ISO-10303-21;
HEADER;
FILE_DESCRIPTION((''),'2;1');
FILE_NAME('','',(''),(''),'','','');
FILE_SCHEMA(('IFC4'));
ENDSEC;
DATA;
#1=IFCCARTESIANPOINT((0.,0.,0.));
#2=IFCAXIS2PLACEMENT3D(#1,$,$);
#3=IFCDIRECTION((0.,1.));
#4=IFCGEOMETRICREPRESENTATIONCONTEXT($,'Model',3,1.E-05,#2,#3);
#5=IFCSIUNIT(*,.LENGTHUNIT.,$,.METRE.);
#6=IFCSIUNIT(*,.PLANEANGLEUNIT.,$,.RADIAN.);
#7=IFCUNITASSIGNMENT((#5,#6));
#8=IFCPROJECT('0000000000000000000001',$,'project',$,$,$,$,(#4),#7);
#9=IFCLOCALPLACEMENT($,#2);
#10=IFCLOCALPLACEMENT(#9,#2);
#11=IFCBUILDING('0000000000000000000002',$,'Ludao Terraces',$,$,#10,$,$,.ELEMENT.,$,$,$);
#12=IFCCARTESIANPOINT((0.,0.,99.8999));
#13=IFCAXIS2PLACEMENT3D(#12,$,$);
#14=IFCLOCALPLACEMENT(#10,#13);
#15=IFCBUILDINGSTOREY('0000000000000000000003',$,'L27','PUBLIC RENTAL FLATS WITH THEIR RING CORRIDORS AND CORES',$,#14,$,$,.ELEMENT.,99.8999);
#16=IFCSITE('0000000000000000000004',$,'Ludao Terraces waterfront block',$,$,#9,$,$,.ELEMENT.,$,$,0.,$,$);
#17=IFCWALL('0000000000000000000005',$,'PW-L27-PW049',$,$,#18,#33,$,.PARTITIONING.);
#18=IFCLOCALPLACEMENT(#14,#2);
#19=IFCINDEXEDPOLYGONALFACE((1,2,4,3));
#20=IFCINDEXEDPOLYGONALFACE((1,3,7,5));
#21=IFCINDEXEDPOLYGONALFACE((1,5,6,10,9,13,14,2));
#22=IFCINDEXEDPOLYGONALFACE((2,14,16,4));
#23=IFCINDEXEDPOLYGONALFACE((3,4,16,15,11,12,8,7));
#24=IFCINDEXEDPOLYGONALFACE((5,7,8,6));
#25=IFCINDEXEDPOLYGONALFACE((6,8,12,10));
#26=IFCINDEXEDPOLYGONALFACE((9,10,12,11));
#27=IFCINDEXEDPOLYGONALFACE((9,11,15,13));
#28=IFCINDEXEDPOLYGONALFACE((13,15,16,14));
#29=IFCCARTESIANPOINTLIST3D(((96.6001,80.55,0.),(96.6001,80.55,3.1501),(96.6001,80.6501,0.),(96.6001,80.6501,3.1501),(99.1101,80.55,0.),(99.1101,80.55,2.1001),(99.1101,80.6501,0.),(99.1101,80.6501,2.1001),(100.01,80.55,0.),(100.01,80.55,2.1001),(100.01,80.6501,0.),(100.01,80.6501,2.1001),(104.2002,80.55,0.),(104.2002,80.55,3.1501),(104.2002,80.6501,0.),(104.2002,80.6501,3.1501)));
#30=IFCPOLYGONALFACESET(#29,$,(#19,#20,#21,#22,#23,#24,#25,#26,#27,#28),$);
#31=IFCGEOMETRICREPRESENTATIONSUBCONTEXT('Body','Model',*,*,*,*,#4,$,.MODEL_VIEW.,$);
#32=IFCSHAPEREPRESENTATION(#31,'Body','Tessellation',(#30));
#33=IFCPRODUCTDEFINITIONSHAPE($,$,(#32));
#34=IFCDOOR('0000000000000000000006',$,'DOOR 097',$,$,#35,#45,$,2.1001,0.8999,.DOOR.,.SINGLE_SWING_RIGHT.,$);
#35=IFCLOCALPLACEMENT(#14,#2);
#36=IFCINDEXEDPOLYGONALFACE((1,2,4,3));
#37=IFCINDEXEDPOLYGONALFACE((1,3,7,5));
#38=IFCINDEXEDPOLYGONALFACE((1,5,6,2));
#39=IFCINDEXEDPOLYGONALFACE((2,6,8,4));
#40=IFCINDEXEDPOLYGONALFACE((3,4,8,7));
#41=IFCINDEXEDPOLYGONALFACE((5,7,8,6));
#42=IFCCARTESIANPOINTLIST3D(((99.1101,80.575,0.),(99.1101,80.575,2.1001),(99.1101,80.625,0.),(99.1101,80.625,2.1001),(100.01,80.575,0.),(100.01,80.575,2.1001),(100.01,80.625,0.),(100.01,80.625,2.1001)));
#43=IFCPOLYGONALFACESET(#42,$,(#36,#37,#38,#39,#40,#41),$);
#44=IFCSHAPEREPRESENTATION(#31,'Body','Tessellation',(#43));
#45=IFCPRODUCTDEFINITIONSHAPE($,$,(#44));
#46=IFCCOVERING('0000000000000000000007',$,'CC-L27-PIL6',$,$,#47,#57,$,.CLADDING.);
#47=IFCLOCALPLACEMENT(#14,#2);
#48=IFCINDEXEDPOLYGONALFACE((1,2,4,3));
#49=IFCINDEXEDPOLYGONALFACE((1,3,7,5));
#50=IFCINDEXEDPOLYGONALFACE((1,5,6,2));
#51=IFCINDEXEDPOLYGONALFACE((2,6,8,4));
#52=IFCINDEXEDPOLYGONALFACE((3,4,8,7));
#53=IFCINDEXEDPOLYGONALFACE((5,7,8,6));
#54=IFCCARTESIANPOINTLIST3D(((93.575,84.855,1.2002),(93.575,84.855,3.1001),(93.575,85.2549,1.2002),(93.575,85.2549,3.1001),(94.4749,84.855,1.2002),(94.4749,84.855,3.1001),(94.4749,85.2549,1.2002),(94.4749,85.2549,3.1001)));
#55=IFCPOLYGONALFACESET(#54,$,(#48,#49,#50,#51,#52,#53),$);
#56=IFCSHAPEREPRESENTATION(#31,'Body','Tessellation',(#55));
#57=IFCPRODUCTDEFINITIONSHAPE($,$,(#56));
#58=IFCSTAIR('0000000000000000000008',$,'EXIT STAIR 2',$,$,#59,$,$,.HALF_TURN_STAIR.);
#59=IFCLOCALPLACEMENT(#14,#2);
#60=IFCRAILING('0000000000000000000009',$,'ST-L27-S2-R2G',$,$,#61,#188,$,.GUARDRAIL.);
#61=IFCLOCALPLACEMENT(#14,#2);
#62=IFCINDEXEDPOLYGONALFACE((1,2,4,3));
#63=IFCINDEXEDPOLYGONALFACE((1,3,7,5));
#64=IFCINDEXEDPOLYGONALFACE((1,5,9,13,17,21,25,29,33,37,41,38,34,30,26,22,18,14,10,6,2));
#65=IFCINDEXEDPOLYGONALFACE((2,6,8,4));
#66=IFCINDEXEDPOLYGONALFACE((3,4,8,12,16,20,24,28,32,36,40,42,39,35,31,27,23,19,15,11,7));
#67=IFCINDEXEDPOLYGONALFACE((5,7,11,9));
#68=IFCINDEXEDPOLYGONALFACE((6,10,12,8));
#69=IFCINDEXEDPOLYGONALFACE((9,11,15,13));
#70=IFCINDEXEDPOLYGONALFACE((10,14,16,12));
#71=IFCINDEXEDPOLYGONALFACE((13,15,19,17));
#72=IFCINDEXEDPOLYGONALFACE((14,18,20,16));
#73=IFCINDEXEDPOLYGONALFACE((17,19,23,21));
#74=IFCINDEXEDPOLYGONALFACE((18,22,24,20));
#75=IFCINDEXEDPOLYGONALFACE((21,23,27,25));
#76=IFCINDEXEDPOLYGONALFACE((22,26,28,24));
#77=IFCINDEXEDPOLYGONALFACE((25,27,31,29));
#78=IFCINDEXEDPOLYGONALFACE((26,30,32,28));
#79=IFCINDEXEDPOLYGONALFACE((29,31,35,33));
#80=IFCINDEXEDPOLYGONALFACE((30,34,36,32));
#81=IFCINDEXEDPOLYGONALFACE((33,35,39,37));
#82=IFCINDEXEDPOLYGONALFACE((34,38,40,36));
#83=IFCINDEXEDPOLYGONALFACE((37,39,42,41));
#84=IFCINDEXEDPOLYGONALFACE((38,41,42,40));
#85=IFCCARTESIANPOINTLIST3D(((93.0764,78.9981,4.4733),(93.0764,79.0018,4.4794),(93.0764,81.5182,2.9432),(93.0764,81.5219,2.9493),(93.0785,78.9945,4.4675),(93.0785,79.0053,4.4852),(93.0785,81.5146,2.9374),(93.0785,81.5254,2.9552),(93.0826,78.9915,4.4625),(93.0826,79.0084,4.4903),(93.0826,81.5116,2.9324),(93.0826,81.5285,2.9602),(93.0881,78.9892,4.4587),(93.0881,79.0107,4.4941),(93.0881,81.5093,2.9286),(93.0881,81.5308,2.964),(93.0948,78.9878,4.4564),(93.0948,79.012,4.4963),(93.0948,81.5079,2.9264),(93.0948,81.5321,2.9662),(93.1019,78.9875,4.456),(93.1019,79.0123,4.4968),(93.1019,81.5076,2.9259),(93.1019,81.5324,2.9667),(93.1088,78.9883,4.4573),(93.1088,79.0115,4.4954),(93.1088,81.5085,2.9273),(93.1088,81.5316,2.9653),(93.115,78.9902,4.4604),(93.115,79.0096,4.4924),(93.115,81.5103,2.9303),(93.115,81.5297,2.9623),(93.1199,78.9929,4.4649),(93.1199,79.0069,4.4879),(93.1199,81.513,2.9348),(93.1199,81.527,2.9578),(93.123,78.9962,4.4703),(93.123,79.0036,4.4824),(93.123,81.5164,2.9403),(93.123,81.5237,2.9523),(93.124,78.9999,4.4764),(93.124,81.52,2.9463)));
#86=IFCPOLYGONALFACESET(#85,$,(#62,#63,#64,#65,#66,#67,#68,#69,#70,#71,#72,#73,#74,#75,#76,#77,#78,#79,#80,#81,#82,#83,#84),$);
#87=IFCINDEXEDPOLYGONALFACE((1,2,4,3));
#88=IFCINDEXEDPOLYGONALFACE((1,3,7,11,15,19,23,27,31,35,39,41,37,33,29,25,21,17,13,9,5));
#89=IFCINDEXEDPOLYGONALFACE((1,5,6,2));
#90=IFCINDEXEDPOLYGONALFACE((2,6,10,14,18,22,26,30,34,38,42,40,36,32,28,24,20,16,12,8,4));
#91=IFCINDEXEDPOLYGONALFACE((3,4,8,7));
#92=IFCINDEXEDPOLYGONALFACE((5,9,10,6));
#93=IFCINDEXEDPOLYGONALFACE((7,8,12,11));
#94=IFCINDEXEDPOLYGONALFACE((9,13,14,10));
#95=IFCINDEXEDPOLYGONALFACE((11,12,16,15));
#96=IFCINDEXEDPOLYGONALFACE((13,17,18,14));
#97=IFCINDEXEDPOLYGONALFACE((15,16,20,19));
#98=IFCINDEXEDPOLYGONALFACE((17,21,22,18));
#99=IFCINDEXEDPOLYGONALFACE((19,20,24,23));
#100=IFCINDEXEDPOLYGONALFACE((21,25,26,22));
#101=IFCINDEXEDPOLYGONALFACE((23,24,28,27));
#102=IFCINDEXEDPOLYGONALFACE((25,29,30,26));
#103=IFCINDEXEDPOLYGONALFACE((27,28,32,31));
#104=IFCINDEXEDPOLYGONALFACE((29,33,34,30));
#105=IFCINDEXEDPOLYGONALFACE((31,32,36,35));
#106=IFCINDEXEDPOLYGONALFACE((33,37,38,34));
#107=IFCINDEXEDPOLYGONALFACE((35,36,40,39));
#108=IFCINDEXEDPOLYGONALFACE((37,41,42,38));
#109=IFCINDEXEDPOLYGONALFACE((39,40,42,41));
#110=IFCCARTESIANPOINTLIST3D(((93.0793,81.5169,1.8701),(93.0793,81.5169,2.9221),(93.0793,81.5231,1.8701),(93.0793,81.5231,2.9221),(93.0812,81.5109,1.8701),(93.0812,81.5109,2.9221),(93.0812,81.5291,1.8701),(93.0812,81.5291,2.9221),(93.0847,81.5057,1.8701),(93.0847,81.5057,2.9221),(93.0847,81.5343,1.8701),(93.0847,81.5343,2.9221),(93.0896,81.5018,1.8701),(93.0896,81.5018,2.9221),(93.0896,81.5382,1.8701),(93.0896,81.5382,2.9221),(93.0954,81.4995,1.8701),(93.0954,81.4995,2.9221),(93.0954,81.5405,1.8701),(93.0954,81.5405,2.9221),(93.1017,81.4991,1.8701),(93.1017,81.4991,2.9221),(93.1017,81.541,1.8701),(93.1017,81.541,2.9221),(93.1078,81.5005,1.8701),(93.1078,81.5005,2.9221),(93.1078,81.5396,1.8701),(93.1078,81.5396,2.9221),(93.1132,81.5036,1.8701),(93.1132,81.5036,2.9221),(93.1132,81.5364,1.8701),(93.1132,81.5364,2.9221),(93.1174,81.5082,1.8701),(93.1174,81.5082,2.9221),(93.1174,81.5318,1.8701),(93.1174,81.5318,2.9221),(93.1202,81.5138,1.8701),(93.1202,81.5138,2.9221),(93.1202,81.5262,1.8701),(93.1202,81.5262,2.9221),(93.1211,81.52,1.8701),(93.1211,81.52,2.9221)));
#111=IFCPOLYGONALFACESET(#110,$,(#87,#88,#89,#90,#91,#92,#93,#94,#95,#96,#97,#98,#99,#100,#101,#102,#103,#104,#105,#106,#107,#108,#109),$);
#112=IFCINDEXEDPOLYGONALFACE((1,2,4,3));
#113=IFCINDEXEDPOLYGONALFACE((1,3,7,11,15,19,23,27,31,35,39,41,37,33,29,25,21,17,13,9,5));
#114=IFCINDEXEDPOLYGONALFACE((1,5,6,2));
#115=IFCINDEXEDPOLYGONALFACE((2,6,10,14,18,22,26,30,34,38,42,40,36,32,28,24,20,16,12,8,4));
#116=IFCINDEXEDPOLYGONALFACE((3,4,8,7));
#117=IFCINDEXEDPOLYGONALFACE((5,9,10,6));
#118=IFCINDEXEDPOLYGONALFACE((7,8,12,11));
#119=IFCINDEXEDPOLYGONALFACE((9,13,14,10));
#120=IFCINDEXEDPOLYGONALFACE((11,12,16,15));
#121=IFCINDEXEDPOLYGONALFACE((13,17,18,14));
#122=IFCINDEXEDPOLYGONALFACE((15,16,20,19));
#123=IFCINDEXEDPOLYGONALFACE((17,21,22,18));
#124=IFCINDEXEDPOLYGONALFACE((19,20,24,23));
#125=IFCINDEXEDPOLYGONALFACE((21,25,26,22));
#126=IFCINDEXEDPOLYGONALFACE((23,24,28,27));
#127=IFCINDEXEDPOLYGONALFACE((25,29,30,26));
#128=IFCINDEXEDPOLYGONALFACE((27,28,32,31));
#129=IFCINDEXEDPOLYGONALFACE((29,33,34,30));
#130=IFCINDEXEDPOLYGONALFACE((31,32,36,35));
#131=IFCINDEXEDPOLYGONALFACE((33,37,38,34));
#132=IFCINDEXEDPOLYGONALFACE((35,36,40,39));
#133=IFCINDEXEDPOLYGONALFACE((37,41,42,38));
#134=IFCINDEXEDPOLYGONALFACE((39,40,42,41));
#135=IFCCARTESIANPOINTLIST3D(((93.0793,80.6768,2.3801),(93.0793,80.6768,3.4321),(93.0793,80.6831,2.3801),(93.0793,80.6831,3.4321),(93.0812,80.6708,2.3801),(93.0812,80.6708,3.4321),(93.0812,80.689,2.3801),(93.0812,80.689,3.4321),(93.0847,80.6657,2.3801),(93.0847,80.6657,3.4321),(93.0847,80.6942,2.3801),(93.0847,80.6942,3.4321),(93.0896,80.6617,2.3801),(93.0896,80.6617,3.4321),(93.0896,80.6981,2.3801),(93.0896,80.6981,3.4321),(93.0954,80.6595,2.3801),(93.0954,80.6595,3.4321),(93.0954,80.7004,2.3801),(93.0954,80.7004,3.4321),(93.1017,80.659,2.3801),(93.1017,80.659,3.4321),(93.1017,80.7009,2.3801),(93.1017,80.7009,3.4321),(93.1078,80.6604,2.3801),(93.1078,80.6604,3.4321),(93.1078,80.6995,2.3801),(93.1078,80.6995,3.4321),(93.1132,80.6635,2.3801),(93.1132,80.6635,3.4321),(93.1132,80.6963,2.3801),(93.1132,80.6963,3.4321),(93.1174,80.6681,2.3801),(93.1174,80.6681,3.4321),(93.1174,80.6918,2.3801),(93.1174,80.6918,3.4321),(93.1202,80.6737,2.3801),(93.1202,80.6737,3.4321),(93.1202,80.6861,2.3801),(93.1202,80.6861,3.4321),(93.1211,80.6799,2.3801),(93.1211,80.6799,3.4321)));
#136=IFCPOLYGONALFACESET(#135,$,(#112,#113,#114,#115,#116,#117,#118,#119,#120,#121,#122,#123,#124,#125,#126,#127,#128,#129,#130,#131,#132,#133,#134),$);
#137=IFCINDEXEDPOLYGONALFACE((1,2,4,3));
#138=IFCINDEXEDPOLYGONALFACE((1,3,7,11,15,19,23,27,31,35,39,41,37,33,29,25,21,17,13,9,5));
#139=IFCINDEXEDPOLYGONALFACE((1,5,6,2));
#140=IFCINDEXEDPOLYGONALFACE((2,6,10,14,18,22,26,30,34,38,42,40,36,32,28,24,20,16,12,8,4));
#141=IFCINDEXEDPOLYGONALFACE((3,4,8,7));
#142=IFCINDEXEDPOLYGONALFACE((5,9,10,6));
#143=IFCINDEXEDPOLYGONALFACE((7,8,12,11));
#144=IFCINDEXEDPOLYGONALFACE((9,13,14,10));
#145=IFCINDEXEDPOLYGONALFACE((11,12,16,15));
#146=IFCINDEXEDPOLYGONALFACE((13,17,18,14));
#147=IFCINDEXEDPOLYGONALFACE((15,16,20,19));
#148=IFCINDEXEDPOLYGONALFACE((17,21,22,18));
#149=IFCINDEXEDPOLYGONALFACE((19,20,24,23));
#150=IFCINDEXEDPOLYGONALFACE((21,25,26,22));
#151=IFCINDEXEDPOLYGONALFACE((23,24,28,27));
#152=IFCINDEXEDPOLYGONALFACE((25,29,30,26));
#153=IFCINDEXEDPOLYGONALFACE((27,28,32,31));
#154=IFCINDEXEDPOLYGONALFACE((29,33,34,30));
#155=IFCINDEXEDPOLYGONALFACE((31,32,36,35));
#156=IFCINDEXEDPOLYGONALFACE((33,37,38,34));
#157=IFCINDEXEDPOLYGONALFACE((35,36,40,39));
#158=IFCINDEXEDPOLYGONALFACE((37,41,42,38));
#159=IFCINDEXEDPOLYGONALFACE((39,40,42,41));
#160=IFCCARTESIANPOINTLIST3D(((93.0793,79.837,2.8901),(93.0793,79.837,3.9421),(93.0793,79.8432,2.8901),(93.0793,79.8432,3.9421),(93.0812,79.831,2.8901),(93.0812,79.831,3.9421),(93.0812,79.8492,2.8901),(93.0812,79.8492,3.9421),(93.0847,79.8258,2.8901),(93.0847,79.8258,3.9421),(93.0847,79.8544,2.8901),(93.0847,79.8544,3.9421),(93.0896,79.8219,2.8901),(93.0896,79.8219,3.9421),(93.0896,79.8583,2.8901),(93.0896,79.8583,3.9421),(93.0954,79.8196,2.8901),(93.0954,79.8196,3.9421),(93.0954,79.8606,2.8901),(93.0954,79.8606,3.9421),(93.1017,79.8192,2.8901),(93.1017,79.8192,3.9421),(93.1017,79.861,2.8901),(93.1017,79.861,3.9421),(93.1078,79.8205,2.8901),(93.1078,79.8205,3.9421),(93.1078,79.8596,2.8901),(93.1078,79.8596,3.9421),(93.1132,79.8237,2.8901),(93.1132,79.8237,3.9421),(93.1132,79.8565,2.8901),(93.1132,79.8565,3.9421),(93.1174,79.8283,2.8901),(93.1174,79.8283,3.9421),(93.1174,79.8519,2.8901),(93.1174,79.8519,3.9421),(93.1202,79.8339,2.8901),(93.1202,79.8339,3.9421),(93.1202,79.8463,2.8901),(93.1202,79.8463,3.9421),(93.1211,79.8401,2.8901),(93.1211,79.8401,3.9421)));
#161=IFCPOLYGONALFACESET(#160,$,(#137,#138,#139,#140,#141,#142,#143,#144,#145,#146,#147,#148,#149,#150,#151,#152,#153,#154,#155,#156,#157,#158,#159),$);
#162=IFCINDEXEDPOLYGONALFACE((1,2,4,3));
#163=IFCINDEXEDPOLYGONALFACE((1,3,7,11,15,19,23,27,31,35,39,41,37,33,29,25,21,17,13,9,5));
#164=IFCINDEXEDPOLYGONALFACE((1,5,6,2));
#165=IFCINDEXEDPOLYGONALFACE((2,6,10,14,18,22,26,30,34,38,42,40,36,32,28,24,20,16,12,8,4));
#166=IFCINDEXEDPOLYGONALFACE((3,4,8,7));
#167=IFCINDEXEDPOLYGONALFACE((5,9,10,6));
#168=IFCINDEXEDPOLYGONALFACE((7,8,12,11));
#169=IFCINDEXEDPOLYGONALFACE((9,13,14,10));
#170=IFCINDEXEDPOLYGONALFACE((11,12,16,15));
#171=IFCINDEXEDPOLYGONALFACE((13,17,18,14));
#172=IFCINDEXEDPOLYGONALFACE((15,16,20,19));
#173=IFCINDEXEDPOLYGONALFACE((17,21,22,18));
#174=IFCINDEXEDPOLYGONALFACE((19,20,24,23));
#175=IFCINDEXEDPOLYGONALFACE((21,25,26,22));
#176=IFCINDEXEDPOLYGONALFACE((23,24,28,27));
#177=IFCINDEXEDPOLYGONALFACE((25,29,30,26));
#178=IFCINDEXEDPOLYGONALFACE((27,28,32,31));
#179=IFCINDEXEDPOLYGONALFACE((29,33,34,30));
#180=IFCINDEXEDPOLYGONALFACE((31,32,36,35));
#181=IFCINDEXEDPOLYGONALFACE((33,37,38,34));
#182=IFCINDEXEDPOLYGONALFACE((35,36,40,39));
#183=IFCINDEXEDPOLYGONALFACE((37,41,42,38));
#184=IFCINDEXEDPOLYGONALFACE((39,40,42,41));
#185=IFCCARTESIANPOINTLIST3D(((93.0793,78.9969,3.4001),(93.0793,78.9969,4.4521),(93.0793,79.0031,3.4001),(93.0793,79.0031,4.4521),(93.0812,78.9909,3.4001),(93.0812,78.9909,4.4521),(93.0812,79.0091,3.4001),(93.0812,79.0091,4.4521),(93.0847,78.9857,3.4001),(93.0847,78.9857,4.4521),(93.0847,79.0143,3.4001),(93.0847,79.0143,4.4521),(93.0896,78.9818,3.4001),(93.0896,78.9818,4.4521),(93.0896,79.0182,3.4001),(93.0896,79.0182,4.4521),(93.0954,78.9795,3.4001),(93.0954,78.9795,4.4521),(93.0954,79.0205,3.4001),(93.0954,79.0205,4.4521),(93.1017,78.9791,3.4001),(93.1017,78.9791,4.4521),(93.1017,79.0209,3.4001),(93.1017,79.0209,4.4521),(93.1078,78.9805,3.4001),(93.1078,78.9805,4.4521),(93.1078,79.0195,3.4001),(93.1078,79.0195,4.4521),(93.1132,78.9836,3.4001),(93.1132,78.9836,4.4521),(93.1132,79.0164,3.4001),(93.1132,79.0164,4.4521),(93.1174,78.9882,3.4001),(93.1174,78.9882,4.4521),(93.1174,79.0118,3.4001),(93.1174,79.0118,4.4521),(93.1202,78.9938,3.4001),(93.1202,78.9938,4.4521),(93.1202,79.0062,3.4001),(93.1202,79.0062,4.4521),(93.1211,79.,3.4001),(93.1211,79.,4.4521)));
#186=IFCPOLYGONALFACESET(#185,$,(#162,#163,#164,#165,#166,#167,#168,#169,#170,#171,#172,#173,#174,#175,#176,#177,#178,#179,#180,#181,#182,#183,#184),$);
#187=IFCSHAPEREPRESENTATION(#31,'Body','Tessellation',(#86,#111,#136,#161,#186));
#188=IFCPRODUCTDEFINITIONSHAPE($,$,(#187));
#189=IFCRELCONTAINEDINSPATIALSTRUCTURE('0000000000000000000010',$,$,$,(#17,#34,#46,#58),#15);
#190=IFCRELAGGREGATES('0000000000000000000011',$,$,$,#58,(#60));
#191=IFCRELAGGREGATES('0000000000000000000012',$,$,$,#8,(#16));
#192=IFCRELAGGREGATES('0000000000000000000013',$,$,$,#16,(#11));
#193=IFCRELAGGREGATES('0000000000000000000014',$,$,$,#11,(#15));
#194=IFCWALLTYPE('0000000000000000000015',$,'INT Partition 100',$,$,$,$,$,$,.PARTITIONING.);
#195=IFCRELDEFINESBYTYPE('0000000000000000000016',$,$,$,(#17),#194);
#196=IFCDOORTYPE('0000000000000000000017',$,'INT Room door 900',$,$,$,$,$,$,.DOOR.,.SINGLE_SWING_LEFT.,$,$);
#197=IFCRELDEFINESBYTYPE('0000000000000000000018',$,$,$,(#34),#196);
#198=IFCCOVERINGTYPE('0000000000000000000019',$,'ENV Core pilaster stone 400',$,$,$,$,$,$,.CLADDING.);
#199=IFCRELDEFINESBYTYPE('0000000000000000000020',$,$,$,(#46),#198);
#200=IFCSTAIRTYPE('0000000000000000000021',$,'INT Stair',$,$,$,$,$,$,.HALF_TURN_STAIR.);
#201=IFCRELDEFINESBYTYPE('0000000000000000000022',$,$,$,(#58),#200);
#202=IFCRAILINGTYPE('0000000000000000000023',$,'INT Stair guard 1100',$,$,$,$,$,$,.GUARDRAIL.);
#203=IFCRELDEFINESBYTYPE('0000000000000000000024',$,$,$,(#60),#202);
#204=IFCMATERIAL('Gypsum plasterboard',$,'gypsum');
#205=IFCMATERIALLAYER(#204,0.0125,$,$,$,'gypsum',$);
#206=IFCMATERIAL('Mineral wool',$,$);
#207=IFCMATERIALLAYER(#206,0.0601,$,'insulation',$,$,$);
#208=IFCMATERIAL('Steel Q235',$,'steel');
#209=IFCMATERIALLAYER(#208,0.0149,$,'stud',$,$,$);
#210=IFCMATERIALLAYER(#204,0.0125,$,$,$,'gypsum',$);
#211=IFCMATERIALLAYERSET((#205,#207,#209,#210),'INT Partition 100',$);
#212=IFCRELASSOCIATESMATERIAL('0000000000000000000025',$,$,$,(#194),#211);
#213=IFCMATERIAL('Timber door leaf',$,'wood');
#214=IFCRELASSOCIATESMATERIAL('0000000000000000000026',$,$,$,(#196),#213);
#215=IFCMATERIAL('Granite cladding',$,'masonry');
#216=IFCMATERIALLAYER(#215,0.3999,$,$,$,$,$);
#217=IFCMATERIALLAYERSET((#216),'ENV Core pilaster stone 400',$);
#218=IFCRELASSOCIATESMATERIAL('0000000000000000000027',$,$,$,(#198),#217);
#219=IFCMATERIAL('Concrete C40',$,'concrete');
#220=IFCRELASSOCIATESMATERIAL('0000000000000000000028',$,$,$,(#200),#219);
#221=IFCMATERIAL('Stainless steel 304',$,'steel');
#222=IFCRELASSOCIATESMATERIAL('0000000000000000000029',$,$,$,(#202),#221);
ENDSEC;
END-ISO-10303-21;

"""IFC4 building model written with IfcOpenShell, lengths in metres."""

from ifc_helpers import new_model, si_unit, direction, frame, frame_2d, origin, origin_2d, place, context, subcontext, project, spatial, rectangle, circle, extrude, material, layer, layer_set, type_object, element, fill, aggregate, save


model = new_model("IFC4")

# Units and contexts
model_context = context("Model", 3, precision=1e-05, world=origin(), true_north=direction((0.0, 1.0)))
body_context = subcontext(model_context, "Body", "Model", "MODEL_VIEW")
ifc_project = project(units=[si_unit("LENGTHUNIT", "METRE"), si_unit("PLANEANGLEUNIT", "RADIAN")], contexts=[model_context])

# Site, building, storey
site_placement = place(None, origin())
site = spatial("IfcSite", under=ifc_project, at=site_placement, Name="Ludao Terraces waterfront block", CompositionType="ELEMENT", RefElevation=0.0)
building_placement = place(site_placement, origin())
building = spatial("IfcBuilding", under=site, at=building_placement, Name="Ludao Terraces", CompositionType="ELEMENT")
storey_placement = place(building_placement, frame((0.0, 0.0, 99.8999)))
storey = spatial("IfcBuildingStorey", under=building, at=storey_placement, Name="L27", Description="PUBLIC RENTAL FLATS WITH THEIR RING CORRIDORS AND CORES", CompositionType="ELEMENT", Elevation=99.8999)

# Shared definitions
ifc_material_1 = material(Name="Concrete C40", Category="concrete")

# Shared definitions
ifc_material_2 = material(Name="Steel Q235", Category="steel")

# Shared definitions
ifc_material_3 = material(Name="Granite cladding", Category="masonry")
ifc_material_4 = material(Name="Mineral wool")

# Shared definitions
ifc_material_5 = material(Name="Gypsum plasterboard", Category="gypsum")
ifc_layer_1 = layer(ifc_material_5, 0.0125, Category="gypsum")
ifc_layer_2 = layer(ifc_material_4, 0.0601, Name="insulation")
ifc_layer_3 = layer(ifc_material_2, 0.0149, Name="stud")
ifc_layer_4 = layer(ifc_material_5, 0.0125, Category="gypsum")
ifc_layer_set_1 = layer_set([ifc_layer_1, ifc_layer_2, ifc_layer_3, ifc_layer_4], Name="INT Partition 100")
wall_type_1 = type_object("IfcWallType", Name="INT Partition 100", PredefinedType="PARTITIONING", material=ifc_layer_set_1)

# Wall, opening, door
wall_1_placement = place(storey_placement, frame((96.6001, 80.6001, 0.0), z_axis=(0.0, 0.0, 1.0), x_axis=(1.0, 0.0, 0.0)))
wall_1 = element("IfcWall", 1, at=wall_1_placement, inside=storey, type_object=wall_type_1, Name="PW-L27-PW049", PredefinedType="PARTITIONING", context=body_context, shape_type="SweptSolid", body=[
    extrude(rectangle(XDim=7.6001, YDim=0.1001, at=frame_2d((3.8, 0.0))), origin(), (0.0, 0.0, 1.0), 3.1501),
])
opening_1_placement = place(wall_1_placement, frame((2.51, 0.0, 0.0)))
opening_1 = element("IfcOpeningElement", 2, at=opening_1_placement, cuts=wall_1, PredefinedType="OPENING", context=body_context, shape_type="SweptSolid", body=[
    extrude(rectangle(XDim=0.8999, YDim=2.1001, at=frame_2d((0.45, 1.05))), frame((0.0, 0.0601, 0.0), z_axis=(0.0, -1.0, 0.0), x_axis=(1.0, 0.0, 0.0)), (0.0, 0.0, 1.0), 0.1201),
])
ifc_material_6 = material(Name="Timber door leaf", Category="wood")
door_type_1 = type_object("IfcDoorType", Name="INT Room door 900", OperationType="SINGLE_SWING_LEFT", PredefinedType="DOOR", material=ifc_material_6)
door_1_placement = place(opening_1_placement, origin())
door_1 = element("IfcDoor", 3, at=door_1_placement, inside=storey, type_object=door_type_1, Name="DOOR 097", OperationType="SINGLE_SWING_RIGHT", OverallHeight=2.1001, OverallWidth=0.8999, PredefinedType="DOOR", context=body_context, shape_type="SweptSolid", body=[
    extrude(rectangle(XDim=0.8999, YDim=2.1001, at=frame_2d((0.45, 1.05))), frame((0.0, 0.0249, 0.0), z_axis=(0.0, -1.0, 0.0), x_axis=(1.0, 0.0, 0.0)), (0.0, 0.0, 1.0), 0.05),
])
fill(opening_1, door_1)

# Covering
ifc_layer_5 = layer(ifc_material_3, 0.3999)
ifc_layer_set_2 = layer_set([ifc_layer_5], Name="ENV Core pilaster stone 400")
covering_type = type_object("IfcCoveringType", Name="ENV Core pilaster stone 400", PredefinedType="CLADDING", material=ifc_layer_set_2)
covering_placement = place(storey_placement, frame((94.0249, 85.0549, 1.2002), z_axis=(0.0, 0.0, 1.0), x_axis=(1.0, 0.0, 0.0)))
element("IfcCovering", 4, at=covering_placement, inside=storey, type_object=covering_type, Name="CC-L27-PIL6", PredefinedType="CLADDING", context=body_context, shape_type="SweptSolid", body=[
    extrude(rectangle(XDim=0.8999, YDim=0.3999, at=origin_2d()), origin(), (0.0, 0.0, 1.0), 1.8999),
])

# Stair, railing
stair_type = type_object("IfcStairType", Name="INT Stair", PredefinedType="HALF_TURN_STAIR", material=ifc_material_1)
stair_placement = place(storey_placement, origin())
stair = element("IfcStair", 5, at=stair_placement, inside=storey, type_object=stair_type, Name="EXIT STAIR 2", PredefinedType="HALF_TURN_STAIR")
ifc_material_7 = material(Name="Stainless steel 304", Category="steel")
railing_type_1 = type_object("IfcRailingType", Name="INT Stair guard 1100", PredefinedType="GUARDRAIL", material=ifc_material_7)
railing_1_placement = place(storey_placement, frame((93.1001, 81.52, 1.8701)))
railing_1 = element("IfcRailing", 6, at=railing_1_placement, type_object=railing_type_1, Name="ST-L27-S2-R2G", PredefinedType="GUARDRAIL", context=body_context, shape_type="SweptSolid", body=[
    extrude(circle(Radius=0.0239, at=origin_2d()), frame((0.0, 0.0, 1.0762), z_axis=(0.0, -0.854785, 0.518982), x_axis=(1.0, 0.0, 0.0)), (0.0, 0.0, 1.0), 2.9482),
    extrude(circle(Radius=0.021, at=origin_2d()), origin(), (0.0, 0.0, 1.0), 1.052),
    extrude(circle(Radius=0.021, at=origin_2d()), frame((0.0, -0.8401, 0.51)), (0.0, 0.0, 1.0), 1.052),
    extrude(circle(Radius=0.021, at=origin_2d()), frame((0.0, -1.6799, 1.02)), (0.0, 0.0, 1.0), 1.052),
    extrude(circle(Radius=0.021, at=origin_2d()), frame((0.0, -2.52, 1.53)), (0.0, 0.0, 1.0), 1.052),
])
aggregate(stair, [railing_1])

save(model, "model.ifc")
